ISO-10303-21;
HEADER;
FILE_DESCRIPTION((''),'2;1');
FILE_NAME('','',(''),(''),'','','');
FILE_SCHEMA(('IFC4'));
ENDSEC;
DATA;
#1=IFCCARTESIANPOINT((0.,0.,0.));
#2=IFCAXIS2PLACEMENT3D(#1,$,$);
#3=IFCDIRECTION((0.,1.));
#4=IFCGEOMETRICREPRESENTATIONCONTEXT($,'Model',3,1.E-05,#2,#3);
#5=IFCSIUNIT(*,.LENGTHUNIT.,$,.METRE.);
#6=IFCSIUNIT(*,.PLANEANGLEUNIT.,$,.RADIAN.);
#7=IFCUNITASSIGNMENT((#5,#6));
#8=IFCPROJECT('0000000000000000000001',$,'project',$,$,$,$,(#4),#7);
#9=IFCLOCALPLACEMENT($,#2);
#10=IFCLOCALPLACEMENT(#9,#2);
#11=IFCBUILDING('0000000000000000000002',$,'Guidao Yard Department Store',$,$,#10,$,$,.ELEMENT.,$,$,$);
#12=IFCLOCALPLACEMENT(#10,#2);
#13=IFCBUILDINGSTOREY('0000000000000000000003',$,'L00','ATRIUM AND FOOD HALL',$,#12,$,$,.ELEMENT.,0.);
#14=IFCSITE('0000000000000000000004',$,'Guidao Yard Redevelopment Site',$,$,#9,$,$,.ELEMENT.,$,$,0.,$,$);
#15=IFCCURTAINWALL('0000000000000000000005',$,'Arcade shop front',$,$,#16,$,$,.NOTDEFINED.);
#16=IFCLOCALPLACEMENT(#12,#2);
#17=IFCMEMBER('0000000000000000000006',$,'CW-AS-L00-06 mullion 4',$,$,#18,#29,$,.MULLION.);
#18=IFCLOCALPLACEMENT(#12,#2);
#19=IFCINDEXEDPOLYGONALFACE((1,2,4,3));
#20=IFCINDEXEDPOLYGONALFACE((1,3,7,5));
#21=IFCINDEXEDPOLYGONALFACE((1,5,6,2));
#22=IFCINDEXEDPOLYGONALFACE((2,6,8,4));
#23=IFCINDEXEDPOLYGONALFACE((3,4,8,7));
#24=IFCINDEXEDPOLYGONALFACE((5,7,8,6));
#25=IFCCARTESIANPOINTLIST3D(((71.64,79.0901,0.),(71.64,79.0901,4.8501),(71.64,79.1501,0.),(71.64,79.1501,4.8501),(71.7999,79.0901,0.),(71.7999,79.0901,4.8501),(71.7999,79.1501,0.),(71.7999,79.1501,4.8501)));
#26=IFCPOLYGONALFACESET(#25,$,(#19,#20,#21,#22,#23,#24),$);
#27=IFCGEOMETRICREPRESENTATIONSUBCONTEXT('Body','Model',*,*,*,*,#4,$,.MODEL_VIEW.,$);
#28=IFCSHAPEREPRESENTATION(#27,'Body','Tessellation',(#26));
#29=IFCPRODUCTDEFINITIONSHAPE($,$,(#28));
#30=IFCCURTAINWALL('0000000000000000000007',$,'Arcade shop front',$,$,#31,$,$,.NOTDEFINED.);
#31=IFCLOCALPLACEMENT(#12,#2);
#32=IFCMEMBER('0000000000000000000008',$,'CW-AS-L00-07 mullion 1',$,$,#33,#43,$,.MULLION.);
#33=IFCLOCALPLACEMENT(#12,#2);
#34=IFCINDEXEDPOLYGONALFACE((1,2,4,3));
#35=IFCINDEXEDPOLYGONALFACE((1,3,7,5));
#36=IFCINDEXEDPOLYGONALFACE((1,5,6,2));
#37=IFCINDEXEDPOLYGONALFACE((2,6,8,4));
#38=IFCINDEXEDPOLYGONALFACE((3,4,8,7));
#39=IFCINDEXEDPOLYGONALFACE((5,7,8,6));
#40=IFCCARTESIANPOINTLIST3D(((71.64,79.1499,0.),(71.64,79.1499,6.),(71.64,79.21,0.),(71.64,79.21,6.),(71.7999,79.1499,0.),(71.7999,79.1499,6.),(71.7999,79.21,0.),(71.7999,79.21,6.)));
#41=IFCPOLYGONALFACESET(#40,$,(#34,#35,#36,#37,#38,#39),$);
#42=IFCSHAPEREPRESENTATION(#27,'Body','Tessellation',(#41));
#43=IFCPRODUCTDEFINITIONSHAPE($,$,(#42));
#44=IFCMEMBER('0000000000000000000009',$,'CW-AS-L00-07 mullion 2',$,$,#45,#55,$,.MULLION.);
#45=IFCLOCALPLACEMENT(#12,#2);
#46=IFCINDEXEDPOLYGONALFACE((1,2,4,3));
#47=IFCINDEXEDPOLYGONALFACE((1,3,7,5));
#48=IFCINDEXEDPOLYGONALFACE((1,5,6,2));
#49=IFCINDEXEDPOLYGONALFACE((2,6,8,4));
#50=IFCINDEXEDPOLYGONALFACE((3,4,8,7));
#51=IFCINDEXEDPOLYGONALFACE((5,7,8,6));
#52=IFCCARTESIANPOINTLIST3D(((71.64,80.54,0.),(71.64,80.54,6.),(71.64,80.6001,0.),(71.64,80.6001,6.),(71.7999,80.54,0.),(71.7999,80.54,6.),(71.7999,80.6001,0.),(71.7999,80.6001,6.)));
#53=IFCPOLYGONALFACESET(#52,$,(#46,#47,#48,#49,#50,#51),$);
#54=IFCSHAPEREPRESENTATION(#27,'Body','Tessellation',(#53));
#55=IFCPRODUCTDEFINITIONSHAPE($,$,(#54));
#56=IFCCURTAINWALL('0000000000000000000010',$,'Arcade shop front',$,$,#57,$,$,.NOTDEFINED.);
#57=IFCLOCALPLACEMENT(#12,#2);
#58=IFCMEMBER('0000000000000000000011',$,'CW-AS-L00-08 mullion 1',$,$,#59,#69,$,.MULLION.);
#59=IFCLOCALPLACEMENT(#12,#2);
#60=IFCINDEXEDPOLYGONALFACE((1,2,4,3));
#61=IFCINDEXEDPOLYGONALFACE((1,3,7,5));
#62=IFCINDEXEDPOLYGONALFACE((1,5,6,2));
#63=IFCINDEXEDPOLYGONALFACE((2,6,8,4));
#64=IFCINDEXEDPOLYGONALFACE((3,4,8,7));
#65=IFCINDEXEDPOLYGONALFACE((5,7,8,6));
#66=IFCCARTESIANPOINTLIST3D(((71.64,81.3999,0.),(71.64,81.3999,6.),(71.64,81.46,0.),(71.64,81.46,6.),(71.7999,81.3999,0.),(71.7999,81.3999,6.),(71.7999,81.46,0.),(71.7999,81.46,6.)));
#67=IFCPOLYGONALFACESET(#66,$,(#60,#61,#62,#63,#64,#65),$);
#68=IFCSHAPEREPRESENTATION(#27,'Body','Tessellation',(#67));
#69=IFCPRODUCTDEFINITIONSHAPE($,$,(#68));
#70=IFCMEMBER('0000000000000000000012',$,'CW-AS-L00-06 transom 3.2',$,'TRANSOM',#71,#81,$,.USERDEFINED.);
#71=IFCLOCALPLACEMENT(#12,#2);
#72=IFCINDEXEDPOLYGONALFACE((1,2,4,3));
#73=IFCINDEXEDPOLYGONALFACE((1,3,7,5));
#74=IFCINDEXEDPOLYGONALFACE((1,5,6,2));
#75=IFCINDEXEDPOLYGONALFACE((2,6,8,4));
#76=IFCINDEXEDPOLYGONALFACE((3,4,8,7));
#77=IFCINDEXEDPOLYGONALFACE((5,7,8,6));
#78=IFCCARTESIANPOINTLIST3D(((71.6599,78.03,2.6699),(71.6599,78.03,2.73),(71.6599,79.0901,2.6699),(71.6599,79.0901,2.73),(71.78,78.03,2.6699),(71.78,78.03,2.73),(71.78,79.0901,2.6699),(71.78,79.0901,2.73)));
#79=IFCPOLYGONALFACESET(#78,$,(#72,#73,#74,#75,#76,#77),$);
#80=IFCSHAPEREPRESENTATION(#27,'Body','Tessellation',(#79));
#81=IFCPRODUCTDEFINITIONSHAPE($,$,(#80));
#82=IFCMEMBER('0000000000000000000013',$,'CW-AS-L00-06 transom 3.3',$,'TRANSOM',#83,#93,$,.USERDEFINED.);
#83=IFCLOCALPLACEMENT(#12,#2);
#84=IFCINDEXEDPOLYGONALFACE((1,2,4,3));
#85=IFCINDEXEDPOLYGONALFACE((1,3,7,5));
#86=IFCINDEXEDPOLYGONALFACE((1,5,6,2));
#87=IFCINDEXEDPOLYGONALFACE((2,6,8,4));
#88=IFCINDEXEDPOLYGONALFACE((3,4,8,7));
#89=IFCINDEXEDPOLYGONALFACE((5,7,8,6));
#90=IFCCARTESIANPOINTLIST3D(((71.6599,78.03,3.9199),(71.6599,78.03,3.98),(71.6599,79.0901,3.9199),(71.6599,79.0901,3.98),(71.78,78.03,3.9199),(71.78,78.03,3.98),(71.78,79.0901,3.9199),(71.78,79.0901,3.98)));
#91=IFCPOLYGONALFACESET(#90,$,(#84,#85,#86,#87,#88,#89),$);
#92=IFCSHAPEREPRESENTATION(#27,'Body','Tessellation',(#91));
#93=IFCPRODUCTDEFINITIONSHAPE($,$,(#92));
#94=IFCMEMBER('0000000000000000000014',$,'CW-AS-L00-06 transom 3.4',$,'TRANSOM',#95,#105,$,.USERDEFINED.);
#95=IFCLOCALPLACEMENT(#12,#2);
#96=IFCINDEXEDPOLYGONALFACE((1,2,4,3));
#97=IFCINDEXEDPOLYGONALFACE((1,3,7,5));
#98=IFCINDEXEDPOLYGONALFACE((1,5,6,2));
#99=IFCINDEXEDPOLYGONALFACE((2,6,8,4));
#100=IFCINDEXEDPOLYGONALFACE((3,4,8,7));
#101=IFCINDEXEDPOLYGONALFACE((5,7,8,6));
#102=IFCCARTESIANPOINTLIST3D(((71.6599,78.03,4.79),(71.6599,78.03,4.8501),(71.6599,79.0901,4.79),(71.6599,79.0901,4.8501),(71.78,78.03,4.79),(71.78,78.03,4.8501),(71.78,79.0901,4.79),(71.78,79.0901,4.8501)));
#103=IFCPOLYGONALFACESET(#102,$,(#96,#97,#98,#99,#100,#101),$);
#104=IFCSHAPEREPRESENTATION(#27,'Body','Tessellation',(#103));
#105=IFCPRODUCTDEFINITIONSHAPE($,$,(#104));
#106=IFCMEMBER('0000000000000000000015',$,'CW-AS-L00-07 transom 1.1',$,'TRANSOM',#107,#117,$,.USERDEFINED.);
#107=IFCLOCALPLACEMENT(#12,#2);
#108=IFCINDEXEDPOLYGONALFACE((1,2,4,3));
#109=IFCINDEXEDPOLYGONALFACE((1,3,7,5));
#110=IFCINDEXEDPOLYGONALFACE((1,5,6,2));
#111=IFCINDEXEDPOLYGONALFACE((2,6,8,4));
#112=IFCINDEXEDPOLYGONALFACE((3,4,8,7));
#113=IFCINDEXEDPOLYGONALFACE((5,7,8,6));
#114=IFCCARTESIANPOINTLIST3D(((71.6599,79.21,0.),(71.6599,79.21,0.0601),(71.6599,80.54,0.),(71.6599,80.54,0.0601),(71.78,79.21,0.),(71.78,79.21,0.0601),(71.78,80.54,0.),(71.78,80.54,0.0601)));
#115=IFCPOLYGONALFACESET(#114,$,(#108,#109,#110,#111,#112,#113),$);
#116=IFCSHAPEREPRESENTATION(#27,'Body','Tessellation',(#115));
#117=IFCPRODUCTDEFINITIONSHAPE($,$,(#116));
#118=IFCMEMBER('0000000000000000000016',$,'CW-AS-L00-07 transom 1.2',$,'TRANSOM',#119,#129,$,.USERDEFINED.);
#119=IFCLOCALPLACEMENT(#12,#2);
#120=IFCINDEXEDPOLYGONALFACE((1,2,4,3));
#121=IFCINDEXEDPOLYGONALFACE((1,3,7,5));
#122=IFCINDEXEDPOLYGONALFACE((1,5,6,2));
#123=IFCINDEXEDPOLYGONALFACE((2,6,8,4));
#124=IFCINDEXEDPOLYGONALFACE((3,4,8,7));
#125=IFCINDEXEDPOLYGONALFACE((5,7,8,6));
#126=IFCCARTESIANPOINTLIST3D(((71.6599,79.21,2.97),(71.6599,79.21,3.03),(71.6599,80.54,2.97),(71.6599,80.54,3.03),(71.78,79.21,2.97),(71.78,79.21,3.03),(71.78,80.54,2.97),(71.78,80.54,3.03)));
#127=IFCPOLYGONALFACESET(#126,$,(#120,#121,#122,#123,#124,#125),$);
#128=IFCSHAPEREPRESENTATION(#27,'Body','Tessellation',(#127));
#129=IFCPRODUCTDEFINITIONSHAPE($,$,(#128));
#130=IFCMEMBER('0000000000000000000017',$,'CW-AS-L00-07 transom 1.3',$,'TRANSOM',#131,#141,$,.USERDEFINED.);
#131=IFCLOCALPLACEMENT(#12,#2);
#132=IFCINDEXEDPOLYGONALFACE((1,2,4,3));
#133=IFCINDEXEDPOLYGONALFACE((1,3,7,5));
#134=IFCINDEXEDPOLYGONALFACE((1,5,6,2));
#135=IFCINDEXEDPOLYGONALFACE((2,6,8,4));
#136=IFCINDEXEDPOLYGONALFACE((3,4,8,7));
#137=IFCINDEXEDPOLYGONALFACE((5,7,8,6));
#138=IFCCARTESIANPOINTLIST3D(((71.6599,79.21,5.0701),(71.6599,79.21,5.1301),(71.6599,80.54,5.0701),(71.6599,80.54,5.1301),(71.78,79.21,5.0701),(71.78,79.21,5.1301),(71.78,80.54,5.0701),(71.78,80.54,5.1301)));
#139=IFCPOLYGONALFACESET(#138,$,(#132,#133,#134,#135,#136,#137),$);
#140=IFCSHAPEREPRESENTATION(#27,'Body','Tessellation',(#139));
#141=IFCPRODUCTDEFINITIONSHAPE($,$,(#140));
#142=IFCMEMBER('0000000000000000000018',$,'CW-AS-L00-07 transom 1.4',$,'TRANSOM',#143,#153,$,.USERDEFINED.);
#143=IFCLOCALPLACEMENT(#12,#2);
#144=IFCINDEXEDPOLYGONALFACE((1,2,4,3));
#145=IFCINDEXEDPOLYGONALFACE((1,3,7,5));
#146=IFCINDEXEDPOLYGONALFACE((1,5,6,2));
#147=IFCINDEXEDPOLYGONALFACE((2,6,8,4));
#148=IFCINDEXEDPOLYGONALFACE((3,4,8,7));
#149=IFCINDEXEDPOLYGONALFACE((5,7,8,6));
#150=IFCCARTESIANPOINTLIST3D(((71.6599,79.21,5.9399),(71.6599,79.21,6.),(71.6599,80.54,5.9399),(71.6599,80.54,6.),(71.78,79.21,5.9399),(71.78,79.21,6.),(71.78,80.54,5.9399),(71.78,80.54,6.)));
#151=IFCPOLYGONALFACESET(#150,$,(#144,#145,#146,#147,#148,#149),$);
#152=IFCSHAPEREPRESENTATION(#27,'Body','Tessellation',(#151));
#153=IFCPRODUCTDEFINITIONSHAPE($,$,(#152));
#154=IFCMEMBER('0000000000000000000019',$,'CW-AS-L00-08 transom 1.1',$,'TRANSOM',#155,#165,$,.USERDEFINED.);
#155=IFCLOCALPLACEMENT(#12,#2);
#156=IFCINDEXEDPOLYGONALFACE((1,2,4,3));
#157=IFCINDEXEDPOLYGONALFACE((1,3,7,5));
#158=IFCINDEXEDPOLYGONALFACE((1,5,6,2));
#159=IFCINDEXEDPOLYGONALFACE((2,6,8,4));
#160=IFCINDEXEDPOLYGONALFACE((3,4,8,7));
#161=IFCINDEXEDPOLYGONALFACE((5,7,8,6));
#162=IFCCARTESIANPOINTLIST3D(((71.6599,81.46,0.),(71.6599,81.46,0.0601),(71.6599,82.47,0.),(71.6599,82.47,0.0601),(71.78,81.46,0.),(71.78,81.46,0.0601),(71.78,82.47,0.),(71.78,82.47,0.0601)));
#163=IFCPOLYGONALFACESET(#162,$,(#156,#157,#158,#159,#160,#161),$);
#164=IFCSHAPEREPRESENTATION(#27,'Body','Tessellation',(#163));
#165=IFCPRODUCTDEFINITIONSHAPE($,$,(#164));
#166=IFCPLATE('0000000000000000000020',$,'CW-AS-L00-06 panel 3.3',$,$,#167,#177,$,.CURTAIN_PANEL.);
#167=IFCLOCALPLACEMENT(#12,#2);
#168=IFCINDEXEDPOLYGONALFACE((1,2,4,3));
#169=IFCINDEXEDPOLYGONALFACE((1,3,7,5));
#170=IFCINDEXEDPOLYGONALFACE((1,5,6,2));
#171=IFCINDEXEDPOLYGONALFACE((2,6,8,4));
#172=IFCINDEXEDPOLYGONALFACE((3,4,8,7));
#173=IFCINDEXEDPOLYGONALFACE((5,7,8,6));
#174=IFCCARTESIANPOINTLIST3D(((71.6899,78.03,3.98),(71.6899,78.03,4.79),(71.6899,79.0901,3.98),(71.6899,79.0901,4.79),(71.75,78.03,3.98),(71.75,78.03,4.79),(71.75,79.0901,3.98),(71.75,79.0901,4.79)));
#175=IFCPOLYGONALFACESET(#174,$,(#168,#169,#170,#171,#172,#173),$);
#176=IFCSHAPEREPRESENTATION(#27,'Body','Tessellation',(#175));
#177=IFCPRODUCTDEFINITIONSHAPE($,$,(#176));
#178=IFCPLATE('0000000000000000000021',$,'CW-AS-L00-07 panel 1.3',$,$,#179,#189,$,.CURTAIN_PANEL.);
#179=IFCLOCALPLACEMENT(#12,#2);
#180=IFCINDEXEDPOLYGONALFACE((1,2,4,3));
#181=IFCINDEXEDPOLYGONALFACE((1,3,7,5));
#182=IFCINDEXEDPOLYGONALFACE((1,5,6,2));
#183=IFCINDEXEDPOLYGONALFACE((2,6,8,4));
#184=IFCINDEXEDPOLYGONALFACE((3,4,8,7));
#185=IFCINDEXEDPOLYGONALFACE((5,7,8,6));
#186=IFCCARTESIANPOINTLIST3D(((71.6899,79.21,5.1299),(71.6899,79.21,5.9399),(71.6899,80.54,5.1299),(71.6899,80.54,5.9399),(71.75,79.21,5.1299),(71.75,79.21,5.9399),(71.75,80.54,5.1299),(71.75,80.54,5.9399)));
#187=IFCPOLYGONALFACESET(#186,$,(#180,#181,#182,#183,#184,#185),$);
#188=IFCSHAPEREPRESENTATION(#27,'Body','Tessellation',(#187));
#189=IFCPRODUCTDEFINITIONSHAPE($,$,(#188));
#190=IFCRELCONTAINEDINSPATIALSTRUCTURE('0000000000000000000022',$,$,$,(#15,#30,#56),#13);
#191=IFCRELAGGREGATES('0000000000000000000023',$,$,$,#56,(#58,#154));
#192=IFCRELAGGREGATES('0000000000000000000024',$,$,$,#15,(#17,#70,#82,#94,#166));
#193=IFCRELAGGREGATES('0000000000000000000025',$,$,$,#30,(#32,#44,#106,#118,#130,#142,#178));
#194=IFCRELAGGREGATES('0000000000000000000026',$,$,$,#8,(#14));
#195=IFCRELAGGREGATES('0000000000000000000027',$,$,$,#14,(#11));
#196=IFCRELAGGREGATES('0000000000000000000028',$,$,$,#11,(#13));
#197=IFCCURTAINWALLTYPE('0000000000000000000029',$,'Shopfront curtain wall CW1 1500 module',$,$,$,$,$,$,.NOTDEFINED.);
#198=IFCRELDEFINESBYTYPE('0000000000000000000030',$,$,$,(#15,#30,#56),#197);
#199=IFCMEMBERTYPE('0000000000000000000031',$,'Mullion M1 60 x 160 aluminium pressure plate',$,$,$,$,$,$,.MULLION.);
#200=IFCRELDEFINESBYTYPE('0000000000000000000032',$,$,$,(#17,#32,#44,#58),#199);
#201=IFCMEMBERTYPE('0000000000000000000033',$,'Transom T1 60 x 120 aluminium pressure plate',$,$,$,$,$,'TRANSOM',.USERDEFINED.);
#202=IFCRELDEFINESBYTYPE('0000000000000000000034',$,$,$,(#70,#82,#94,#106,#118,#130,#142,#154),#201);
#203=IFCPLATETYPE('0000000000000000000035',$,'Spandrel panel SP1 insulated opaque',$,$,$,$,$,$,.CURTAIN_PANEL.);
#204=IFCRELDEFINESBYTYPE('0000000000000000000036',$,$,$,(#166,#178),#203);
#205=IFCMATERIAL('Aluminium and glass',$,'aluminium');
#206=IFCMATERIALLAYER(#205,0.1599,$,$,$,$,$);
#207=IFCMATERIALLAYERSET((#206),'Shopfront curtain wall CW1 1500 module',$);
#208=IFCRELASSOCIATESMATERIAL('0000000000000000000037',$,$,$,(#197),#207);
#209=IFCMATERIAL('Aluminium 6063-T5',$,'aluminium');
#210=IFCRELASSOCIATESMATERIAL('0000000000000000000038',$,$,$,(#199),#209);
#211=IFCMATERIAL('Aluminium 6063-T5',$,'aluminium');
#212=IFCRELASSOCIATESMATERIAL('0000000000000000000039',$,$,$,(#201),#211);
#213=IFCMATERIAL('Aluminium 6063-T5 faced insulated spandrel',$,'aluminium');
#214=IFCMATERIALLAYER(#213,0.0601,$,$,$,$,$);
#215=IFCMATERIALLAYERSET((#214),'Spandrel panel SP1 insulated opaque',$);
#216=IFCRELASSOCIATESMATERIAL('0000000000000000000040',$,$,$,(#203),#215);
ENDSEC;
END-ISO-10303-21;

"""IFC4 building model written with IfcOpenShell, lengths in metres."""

from ifc_helpers import new_model, si_unit, direction, frame, origin, origin_2d, place, context, subcontext, project, spatial, rectangle, extrude, material, layer, layer_set, material_profile, profile_set, type_object, element, aggregate, save


model = new_model("IFC4")

# Units and contexts
model_context = context("Model", 3, precision=1e-05, world=origin(), true_north=direction((0.0, 1.0)))
body_context = subcontext(model_context, "Body", "Model", "MODEL_VIEW")
ifc_project = project(units=[si_unit("LENGTHUNIT", "METRE"), si_unit("PLANEANGLEUNIT", "RADIAN")], contexts=[model_context])

# Site, building, storey
site_placement = place(None, origin())
site = spatial("IfcSite", under=ifc_project, at=site_placement, Name="Guidao Yard Redevelopment Site", CompositionType="ELEMENT", RefElevation=0.0)
building_placement = place(site_placement, origin())
building = spatial("IfcBuilding", under=site, at=building_placement, Name="Guidao Yard Department Store", CompositionType="ELEMENT")
storey_placement = place(building_placement, origin())
storey = spatial("IfcBuildingStorey", under=building, at=storey_placement, Name="L00", Description="ATRIUM AND FOOD HALL", CompositionType="ELEMENT", Elevation=0.0)

# Curtain wall, member
ifc_material_1 = material(Name="Aluminium and glass", Category="aluminium")
ifc_layer_1 = layer(ifc_material_1, 0.1599)
ifc_layer_set_1 = layer_set([ifc_layer_1], Name="Shopfront curtain wall CW1 1500 module")
curtain_wall_type = type_object("IfcCurtainWallType", Name="Shopfront curtain wall CW1 1500 module", PredefinedType="NOTDEFINED", material=ifc_layer_set_1)
curtain_wall_1_placement = place(storey_placement, origin())
curtain_wall_1 = element("IfcCurtainWall", 1, at=curtain_wall_1_placement, inside=storey, type_object=curtain_wall_type, Name="Arcade shop front", PredefinedType="NOTDEFINED")
ifc_material_2 = material(Name="Aluminium 6063-T5", Category="aluminium")
ifc_material_profile_1 = material_profile(ifc_material_2, rectangle(XDim=0.0601, YDim=0.1599, at=origin_2d()), Name="Mullion M1 60 x 160 aluminium pressure plate")
ifc_profile_set_1 = profile_set([ifc_material_profile_1], Name="Aluminium 6063-T5")
member_type_1 = type_object("IfcMemberType", Name="Mullion M1 60 x 160 aluminium pressure plate", PredefinedType="MULLION", material=ifc_profile_set_1)
member_1_placement = place(storey_placement, frame((71.72, 79.1201, 0.0), z_axis=(0.0, 0.0, 1.0), x_axis=(0.0, 1.0, 0.0)))
member_1 = element("IfcMember", 2, at=member_1_placement, type_object=member_type_1, Name="CW-AS-L00-06 mullion 4", PredefinedType="MULLION", context=body_context, shape_type="SweptSolid", body=[
    extrude(rectangle(XDim=0.0601, YDim=0.1599, at=origin_2d()), origin(), (0.0, 0.0, 1.0), 4.8501),
])

# Curtain wall, members
curtain_wall_2_placement = place(storey_placement, origin())
curtain_wall_2 = element("IfcCurtainWall", 3, at=curtain_wall_2_placement, inside=storey, type_object=curtain_wall_type, Name="Arcade shop front", PredefinedType="NOTDEFINED")
member_2_placement = place(storey_placement, frame((71.72, 79.1799, 0.0), z_axis=(0.0, 0.0, 1.0), x_axis=(0.0, 1.0, 0.0)))
member_2 = element("IfcMember", 4, at=member_2_placement, type_object=member_type_1, Name="CW-AS-L00-07 mullion 1", PredefinedType="MULLION", context=body_context, shape_type="SweptSolid", body=[
    extrude(rectangle(XDim=0.0601, YDim=0.1599, at=origin_2d()), origin(), (0.0, 0.0, 1.0), 6.0),
])
member_3_placement = place(storey_placement, frame((71.72, 80.5701, 0.0), z_axis=(0.0, 0.0, 1.0), x_axis=(0.0, 1.0, 0.0)))
member_3 = element("IfcMember", 5, at=member_3_placement, type_object=member_type_1, Name="CW-AS-L00-07 mullion 2", PredefinedType="MULLION", context=body_context, shape_type="SweptSolid", body=[
    extrude(rectangle(XDim=0.0601, YDim=0.1599, at=origin_2d()), origin(), (0.0, 0.0, 1.0), 6.0),
])

# Curtain wall, member
curtain_wall_3_placement = place(storey_placement, origin())
curtain_wall_3 = element("IfcCurtainWall", 6, at=curtain_wall_3_placement, inside=storey, type_object=curtain_wall_type, Name="Arcade shop front", PredefinedType="NOTDEFINED")
member_4_placement = place(storey_placement, frame((71.72, 81.4299, 0.0), z_axis=(0.0, 0.0, 1.0), x_axis=(0.0, 1.0, 0.0)))
member_4 = element("IfcMember", 7, at=member_4_placement, type_object=member_type_1, Name="CW-AS-L00-08 mullion 1", PredefinedType="MULLION", context=body_context, shape_type="SweptSolid", body=[
    extrude(rectangle(XDim=0.0601, YDim=0.1599, at=origin_2d()), origin(), (0.0, 0.0, 1.0), 6.0),
])

# Members
ifc_material_3 = material(Name="Aluminium 6063-T5", Category="aluminium")
ifc_material_profile_2 = material_profile(ifc_material_3, rectangle(XDim=0.1201, YDim=0.0601, at=origin_2d()), Name="Transom T1 60 x 120 aluminium pressure plate")
ifc_profile_set_2 = profile_set([ifc_material_profile_2], Name="Aluminium 6063-T5")
member_type_2 = type_object("IfcMemberType", Name="Transom T1 60 x 120 aluminium pressure plate", ElementType="TRANSOM", PredefinedType="USERDEFINED", material=ifc_profile_set_2)
member_5_placement = place(storey_placement, frame((71.72, 78.03, 2.7), z_axis=(0.0, 1.0, 0.0), x_axis=(-1.0, 0.0, 0.0)))
member_5 = element("IfcMember", 8, at=member_5_placement, type_object=member_type_2, Name="CW-AS-L00-06 transom 3.2", ObjectType="TRANSOM", PredefinedType="USERDEFINED", context=body_context, shape_type="SweptSolid", body=[
    extrude(rectangle(XDim=0.1201, YDim=0.0601, at=origin_2d()), origin(), (0.0, 0.0, 1.0), 1.0601),
])
member_6_placement = place(storey_placement, frame((71.72, 78.03, 3.95), z_axis=(0.0, 1.0, 0.0), x_axis=(-1.0, 0.0, 0.0)))
member_6 = element("IfcMember", 9, at=member_6_placement, type_object=member_type_2, Name="CW-AS-L00-06 transom 3.3", ObjectType="TRANSOM", PredefinedType="USERDEFINED", context=body_context, shape_type="SweptSolid", body=[
    extrude(rectangle(XDim=0.1201, YDim=0.0601, at=origin_2d()), origin(), (0.0, 0.0, 1.0), 1.0601),
])
member_7_placement = place(storey_placement, frame((71.72, 78.03, 4.8201), z_axis=(0.0, 1.0, 0.0), x_axis=(-1.0, 0.0, 0.0)))
member_7 = element("IfcMember", 10, at=member_7_placement, type_object=member_type_2, Name="CW-AS-L00-06 transom 3.4", ObjectType="TRANSOM", PredefinedType="USERDEFINED", context=body_context, shape_type="SweptSolid", body=[
    extrude(rectangle(XDim=0.1201, YDim=0.0601, at=origin_2d()), origin(), (0.0, 0.0, 1.0), 1.0601),
])
member_8_placement = place(storey_placement, frame((71.72, 79.21, 0.03), z_axis=(0.0, 1.0, 0.0), x_axis=(-1.0, 0.0, 0.0)))
member_8 = element("IfcMember", 11, at=member_8_placement, type_object=member_type_2, Name="CW-AS-L00-07 transom 1.1", ObjectType="TRANSOM", PredefinedType="USERDEFINED", context=body_context, shape_type="SweptSolid", body=[
    extrude(rectangle(XDim=0.1201, YDim=0.0601, at=origin_2d()), origin(), (0.0, 0.0, 1.0), 1.3301),
])
member_9_placement = place(storey_placement, frame((71.72, 79.21, 3.0), z_axis=(0.0, 1.0, 0.0), x_axis=(-1.0, 0.0, 0.0)))
member_9 = element("IfcMember", 12, at=member_9_placement, type_object=member_type_2, Name="CW-AS-L00-07 transom 1.2", ObjectType="TRANSOM", PredefinedType="USERDEFINED", context=body_context, shape_type="SweptSolid", body=[
    extrude(rectangle(XDim=0.1201, YDim=0.0601, at=origin_2d()), origin(), (0.0, 0.0, 1.0), 1.3301),
])
member_10_placement = place(storey_placement, frame((71.72, 79.21, 5.1001), z_axis=(0.0, 1.0, 0.0), x_axis=(-1.0, 0.0, 0.0)))
member_10 = element("IfcMember", 13, at=member_10_placement, type_object=member_type_2, Name="CW-AS-L00-07 transom 1.3", ObjectType="TRANSOM", PredefinedType="USERDEFINED", context=body_context, shape_type="SweptSolid", body=[
    extrude(rectangle(XDim=0.1201, YDim=0.0601, at=origin_2d()), origin(), (0.0, 0.0, 1.0), 1.3301),
])
member_11_placement = place(storey_placement, frame((71.72, 79.21, 5.97), z_axis=(0.0, 1.0, 0.0), x_axis=(-1.0, 0.0, 0.0)))
member_11 = element("IfcMember", 14, at=member_11_placement, type_object=member_type_2, Name="CW-AS-L00-07 transom 1.4", ObjectType="TRANSOM", PredefinedType="USERDEFINED", context=body_context, shape_type="SweptSolid", body=[
    extrude(rectangle(XDim=0.1201, YDim=0.0601, at=origin_2d()), origin(), (0.0, 0.0, 1.0), 1.3301),
])
member_12_placement = place(storey_placement, frame((71.72, 81.46, 0.03), z_axis=(0.0, 1.0, 0.0), x_axis=(-1.0, 0.0, 0.0)))
member_12 = element("IfcMember", 15, at=member_12_placement, type_object=member_type_2, Name="CW-AS-L00-08 transom 1.1", ObjectType="TRANSOM", PredefinedType="USERDEFINED", context=body_context, shape_type="SweptSolid", body=[
    extrude(rectangle(XDim=0.1201, YDim=0.0601, at=origin_2d()), origin(), (0.0, 0.0, 1.0), 1.01),
])
aggregate(curtain_wall_3, [member_4, member_12])

# Plates
ifc_material_4 = material(Name="Aluminium 6063-T5 faced insulated spandrel", Category="aluminium")
ifc_layer_2 = layer(ifc_material_4, 0.0601)
ifc_layer_set_2 = layer_set([ifc_layer_2], Name="Spandrel panel SP1 insulated opaque")
plate_type_1 = type_object("IfcPlateType", Name="Spandrel panel SP1 insulated opaque", PredefinedType="CURTAIN_PANEL", material=ifc_layer_set_2)
plate_1_placement = place(storey_placement, frame((71.72, 78.5601, 3.98), z_axis=(0.0, 0.0, 1.0), x_axis=(0.0, 1.0, 0.0)))
plate_1 = element("IfcPlate", 16, at=plate_1_placement, type_object=plate_type_1, Name="CW-AS-L00-06 panel 3.3", PredefinedType="CURTAIN_PANEL", context=body_context, shape_type="SweptSolid", body=[
    extrude(rectangle(XDim=1.0601, YDim=0.0601, at=origin_2d()), origin(), (0.0, 0.0, 1.0), 0.8101),
])
plate_2_placement = place(storey_placement, frame((71.72, 79.875, 5.1299), z_axis=(0.0, 0.0, 1.0), x_axis=(0.0, 1.0, 0.0)))
plate_2 = element("IfcPlate", 17, at=plate_2_placement, type_object=plate_type_1, Name="CW-AS-L00-07 panel 1.3", PredefinedType="CURTAIN_PANEL", context=body_context, shape_type="SweptSolid", body=[
    extrude(rectangle(XDim=1.3301, YDim=0.0601, at=origin_2d()), origin(), (0.0, 0.0, 1.0), 0.8101),
])
aggregate(curtain_wall_1, [member_1, member_5, member_6, member_7, plate_1])
aggregate(curtain_wall_2, [member_2, member_3, member_8, member_9, member_10, member_11, plate_2])

save(model, "model.ifc")
